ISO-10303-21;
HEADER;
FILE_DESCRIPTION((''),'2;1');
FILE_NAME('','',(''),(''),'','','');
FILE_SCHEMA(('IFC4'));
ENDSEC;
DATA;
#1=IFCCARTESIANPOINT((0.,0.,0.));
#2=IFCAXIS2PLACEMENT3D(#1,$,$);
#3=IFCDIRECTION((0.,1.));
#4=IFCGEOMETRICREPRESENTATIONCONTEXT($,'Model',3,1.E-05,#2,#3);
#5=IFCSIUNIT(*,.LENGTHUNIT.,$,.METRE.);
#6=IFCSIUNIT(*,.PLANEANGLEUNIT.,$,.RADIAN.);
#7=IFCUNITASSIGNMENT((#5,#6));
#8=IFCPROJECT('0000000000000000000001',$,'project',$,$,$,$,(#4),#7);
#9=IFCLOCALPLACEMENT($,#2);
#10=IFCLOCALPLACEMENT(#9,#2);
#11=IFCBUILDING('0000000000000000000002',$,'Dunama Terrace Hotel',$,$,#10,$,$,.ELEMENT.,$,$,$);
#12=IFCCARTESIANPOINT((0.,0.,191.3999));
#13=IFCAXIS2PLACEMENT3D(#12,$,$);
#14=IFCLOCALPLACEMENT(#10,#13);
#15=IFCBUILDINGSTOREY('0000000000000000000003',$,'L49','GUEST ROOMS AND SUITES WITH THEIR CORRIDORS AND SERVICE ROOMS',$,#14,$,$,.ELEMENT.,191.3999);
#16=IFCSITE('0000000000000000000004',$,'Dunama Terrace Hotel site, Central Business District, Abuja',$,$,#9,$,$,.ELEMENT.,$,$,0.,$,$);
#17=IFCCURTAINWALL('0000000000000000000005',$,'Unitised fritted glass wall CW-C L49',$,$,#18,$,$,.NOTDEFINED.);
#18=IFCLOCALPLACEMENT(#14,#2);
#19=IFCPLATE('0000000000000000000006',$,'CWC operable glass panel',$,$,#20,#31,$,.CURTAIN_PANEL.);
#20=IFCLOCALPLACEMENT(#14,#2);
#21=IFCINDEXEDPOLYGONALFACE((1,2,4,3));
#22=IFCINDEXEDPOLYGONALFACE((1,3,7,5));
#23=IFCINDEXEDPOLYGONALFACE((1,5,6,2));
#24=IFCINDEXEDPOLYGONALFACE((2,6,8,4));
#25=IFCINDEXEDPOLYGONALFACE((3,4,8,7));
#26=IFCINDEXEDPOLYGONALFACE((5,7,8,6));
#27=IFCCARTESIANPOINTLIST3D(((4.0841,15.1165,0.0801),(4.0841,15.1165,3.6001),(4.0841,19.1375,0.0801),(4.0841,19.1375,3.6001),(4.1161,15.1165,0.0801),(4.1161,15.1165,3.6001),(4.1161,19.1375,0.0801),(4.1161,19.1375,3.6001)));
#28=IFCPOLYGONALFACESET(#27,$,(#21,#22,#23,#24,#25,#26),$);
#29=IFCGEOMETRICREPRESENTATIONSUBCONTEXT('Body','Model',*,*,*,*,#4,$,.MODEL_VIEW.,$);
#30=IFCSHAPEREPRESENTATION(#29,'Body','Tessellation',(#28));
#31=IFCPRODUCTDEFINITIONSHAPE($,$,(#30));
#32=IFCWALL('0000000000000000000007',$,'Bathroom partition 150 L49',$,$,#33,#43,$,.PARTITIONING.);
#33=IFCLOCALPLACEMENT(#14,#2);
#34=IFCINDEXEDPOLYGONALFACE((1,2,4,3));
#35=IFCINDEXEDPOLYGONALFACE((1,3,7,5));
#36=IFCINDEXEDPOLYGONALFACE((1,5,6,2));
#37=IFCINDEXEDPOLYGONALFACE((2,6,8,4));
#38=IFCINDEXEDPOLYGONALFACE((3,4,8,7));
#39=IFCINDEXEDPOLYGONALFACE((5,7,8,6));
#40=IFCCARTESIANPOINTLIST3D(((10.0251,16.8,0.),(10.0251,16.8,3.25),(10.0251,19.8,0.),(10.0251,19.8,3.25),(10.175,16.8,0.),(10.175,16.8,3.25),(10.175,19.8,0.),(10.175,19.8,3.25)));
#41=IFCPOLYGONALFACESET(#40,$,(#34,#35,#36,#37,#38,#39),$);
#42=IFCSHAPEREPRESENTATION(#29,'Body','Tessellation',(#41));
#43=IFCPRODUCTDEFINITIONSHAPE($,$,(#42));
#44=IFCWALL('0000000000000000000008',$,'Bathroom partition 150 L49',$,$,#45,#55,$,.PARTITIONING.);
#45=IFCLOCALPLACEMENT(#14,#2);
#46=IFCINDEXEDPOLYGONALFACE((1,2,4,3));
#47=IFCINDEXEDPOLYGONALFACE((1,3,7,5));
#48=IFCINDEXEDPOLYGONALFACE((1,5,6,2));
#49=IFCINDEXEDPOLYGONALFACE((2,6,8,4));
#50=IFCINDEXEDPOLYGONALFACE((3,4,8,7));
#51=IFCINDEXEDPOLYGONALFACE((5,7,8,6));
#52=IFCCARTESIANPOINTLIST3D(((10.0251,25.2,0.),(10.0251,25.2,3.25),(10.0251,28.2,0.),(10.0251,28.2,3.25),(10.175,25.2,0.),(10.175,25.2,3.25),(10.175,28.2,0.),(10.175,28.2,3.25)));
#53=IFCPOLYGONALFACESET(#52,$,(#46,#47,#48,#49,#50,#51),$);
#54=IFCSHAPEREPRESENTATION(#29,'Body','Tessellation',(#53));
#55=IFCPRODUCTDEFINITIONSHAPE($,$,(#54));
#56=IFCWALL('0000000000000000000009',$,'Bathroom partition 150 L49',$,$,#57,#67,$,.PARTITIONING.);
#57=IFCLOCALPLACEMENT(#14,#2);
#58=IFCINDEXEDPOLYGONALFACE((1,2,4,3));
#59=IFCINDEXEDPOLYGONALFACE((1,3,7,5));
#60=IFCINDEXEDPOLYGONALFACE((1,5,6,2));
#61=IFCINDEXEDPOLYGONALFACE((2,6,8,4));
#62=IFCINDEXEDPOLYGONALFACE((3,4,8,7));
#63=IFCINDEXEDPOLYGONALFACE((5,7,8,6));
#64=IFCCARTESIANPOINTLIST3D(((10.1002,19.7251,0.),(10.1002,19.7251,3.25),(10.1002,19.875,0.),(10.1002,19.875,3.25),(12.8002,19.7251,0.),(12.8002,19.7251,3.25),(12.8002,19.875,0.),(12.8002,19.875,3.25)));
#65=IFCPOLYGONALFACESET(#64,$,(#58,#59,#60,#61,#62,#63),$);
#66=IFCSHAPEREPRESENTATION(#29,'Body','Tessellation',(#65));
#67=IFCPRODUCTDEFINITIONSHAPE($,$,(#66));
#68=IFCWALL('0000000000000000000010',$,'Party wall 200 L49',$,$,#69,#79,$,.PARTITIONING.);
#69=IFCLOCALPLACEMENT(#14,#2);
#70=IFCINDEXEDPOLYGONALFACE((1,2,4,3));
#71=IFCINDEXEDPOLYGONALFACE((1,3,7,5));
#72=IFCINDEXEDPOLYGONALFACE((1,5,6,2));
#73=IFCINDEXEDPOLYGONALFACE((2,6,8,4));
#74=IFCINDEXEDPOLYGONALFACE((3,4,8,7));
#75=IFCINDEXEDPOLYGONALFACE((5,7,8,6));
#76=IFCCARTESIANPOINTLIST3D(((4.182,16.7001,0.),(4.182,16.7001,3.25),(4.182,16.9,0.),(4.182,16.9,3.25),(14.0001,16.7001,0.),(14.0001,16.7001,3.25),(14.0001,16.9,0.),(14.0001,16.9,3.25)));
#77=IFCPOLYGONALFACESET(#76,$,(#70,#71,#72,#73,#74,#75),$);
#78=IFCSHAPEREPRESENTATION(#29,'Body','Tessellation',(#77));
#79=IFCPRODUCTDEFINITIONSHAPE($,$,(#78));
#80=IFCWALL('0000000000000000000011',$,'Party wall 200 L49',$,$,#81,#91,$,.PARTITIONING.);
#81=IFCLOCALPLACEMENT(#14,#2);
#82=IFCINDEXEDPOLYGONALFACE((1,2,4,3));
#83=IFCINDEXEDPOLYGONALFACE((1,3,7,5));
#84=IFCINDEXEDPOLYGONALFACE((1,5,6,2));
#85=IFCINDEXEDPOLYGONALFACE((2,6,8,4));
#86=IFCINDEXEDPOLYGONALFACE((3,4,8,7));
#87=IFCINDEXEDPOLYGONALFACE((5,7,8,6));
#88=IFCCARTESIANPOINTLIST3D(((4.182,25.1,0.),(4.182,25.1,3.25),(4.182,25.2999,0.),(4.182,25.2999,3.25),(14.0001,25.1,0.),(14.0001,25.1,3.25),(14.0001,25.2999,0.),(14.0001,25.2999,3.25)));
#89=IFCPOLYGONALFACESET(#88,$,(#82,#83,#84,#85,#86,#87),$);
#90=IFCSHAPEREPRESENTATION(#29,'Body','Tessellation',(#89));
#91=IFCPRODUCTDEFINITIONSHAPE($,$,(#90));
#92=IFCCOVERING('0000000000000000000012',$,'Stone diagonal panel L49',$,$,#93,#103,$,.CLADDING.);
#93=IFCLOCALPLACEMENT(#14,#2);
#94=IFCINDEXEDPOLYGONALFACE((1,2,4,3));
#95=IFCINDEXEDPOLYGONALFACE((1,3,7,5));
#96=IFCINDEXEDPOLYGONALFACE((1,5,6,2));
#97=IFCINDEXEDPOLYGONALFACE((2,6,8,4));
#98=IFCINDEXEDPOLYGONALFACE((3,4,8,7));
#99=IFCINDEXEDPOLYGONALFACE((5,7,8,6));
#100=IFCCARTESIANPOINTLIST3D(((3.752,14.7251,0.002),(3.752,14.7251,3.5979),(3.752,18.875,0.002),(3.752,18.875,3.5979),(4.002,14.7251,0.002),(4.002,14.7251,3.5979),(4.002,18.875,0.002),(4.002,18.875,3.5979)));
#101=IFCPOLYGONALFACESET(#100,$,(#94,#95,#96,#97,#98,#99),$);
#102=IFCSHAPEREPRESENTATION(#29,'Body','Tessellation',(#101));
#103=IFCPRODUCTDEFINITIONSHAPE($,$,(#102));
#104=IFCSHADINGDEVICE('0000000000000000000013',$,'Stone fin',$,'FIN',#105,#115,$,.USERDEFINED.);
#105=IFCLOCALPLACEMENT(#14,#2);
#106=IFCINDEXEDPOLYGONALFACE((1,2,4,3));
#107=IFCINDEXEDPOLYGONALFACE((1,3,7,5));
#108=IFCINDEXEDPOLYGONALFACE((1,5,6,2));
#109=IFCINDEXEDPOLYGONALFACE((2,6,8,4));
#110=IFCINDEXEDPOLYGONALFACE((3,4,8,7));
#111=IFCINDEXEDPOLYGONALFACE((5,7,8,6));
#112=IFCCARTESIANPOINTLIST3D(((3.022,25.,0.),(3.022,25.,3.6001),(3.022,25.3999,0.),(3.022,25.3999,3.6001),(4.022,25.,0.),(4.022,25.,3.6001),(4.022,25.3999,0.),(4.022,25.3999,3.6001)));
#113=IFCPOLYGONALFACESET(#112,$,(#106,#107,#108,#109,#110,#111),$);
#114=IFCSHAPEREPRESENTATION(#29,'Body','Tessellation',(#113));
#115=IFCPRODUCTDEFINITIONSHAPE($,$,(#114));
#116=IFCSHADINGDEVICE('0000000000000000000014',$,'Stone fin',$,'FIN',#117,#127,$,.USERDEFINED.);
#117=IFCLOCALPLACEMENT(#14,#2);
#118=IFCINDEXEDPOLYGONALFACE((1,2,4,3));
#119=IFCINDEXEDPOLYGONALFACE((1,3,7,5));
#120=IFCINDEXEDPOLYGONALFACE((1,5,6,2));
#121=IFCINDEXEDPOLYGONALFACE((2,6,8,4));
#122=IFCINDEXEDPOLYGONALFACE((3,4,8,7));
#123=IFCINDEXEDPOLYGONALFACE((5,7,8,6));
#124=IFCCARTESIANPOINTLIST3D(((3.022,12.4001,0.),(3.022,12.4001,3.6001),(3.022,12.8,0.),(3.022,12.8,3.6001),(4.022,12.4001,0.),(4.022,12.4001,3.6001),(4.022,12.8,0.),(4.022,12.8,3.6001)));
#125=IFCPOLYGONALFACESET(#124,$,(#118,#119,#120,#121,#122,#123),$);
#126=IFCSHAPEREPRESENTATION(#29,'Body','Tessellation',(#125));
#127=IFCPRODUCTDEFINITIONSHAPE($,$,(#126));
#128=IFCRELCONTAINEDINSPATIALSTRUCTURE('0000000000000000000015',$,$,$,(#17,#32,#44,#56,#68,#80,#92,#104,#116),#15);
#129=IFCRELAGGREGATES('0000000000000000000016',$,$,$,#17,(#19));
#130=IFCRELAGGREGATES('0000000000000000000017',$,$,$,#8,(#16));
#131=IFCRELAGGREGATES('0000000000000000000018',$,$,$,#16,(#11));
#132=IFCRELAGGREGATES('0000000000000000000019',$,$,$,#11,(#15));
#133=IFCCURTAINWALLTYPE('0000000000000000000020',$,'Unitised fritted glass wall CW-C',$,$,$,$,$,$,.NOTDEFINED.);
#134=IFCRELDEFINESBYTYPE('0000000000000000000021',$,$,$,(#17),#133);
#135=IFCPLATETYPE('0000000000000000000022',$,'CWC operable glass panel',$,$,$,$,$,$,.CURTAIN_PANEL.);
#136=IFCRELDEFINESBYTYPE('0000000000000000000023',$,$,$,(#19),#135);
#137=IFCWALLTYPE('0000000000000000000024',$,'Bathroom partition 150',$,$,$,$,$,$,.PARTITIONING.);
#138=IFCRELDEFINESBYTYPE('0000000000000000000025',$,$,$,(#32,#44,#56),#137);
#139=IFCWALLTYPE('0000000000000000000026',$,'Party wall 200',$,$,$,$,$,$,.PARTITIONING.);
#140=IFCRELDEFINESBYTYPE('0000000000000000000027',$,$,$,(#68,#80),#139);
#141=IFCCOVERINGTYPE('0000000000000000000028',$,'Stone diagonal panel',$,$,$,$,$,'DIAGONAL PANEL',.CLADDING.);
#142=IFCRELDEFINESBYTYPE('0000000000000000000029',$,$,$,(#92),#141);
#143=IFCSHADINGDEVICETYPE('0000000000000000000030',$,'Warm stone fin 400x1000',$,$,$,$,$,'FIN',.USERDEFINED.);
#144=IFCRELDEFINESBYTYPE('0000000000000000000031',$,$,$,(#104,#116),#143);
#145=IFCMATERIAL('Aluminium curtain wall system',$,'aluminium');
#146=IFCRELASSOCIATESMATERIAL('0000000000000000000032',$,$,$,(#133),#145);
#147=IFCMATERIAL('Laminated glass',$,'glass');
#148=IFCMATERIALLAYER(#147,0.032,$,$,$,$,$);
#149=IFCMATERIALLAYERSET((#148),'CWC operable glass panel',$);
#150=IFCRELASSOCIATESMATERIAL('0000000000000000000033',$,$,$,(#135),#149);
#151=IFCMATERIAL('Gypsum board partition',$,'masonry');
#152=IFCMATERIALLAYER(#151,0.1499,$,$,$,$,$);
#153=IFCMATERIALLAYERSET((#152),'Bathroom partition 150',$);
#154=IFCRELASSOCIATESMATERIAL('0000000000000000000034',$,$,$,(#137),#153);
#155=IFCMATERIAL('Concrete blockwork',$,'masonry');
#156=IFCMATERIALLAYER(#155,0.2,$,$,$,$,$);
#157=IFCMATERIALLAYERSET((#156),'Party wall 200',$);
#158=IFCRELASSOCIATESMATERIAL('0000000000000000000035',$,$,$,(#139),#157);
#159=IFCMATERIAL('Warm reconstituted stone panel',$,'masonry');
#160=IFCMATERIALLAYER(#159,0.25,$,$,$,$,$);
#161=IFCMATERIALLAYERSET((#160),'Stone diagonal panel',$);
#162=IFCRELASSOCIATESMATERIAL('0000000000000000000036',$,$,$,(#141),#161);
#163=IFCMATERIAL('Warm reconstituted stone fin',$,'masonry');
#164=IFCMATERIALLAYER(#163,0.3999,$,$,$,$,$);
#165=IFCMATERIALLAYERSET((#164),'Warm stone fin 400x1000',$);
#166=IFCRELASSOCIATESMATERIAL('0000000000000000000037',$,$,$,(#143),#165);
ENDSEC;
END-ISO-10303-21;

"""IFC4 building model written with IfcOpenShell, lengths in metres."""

from ifc_helpers import new_model, si_unit, direction, frame, frame_2d, origin, origin_2d, place, context, subcontext, project, spatial, rectangle, extrude, material, layer, layer_set, type_object, element, aggregate, save


model = new_model("IFC4")

# Units and contexts
model_context = context("Model", 3, precision=1e-05, world=origin(), true_north=direction((0.0, 1.0)))
body_context = subcontext(model_context, "Body", "Model", "MODEL_VIEW")
ifc_project = project(units=[si_unit("LENGTHUNIT", "METRE"), si_unit("PLANEANGLEUNIT", "RADIAN")], contexts=[model_context])

# Site, building, storey
site_placement = place(None, origin())
site = spatial("IfcSite", under=ifc_project, at=site_placement, Name="Dunama Terrace Hotel site, Central Business District, Abuja", CompositionType="ELEMENT", RefElevation=0.0)
building_placement = place(site_placement, origin())
building = spatial("IfcBuilding", under=site, at=building_placement, Name="Dunama Terrace Hotel", CompositionType="ELEMENT")
storey_placement = place(building_placement, frame((0.0, 0.0, 191.3999)))
storey = spatial("IfcBuildingStorey", under=building, at=storey_placement, Name="L49", Description="GUEST ROOMS AND SUITES WITH THEIR CORRIDORS AND SERVICE ROOMS", CompositionType="ELEMENT", Elevation=191.3999)

# Curtain wall
ifc_material_1 = material(Name="Aluminium curtain wall system", Category="aluminium")
curtain_wall_type = type_object("IfcCurtainWallType", Name="Unitised fritted glass wall CW-C", PredefinedType="NOTDEFINED", material=ifc_material_1)
curtain_wall_placement = place(storey_placement, origin())
curtain_wall = element("IfcCurtainWall", 1, at=curtain_wall_placement, inside=storey, type_object=curtain_wall_type, Name="Unitised fritted glass wall CW-C L49", PredefinedType="NOTDEFINED")

# Plate
ifc_material_2 = material(Name="Laminated glass", Category="glass")
ifc_layer_1 = layer(ifc_material_2, 0.032)
ifc_layer_set_1 = layer_set([ifc_layer_1], Name="CWC operable glass panel")
plate_type_1 = type_object("IfcPlateType", Name="CWC operable glass panel", PredefinedType="CURTAIN_PANEL", material=ifc_layer_set_1)
plate_1_placement = place(storey_placement, frame((4.1001, 17.127, 0.0801), z_axis=(0.0, 0.0, 1.0), x_axis=(0.0, -1.0, 0.0)))
plate_1 = element("IfcPlate", 2, at=plate_1_placement, type_object=plate_type_1, Name="CWC operable glass panel", PredefinedType="CURTAIN_PANEL", context=body_context, shape_type="SweptSolid", body=[
    extrude(rectangle(XDim=4.021, YDim=0.032, at=origin_2d()), origin(), (0.0, 0.0, 1.0), 3.52),
])
aggregate(curtain_wall, [plate_1])

# Walls
ifc_material_3 = material(Name="Gypsum board partition", Category="masonry")
ifc_layer_2 = layer(ifc_material_3, 0.1499)
ifc_layer_set_2 = layer_set([ifc_layer_2], Name="Bathroom partition 150")
wall_type_1 = type_object("IfcWallType", Name="Bathroom partition 150", PredefinedType="PARTITIONING", material=ifc_layer_set_2)
for number, where, z_axis, x_axis, name in (
    (3, (10.1001, 16.8, 0.0), (0.0, 0.0, 1.0), (0.0, 1.0, 0.0), "Bathroom partition 150 L49"),
    (4, (10.1001, 25.2, 0.0), (0.0, 0.0, 1.0), (0.0, 1.0, 0.0), "Bathroom partition 150 L49"),
):
    element("IfcWall", number, at=place(storey_placement, frame(where, z_axis=z_axis, x_axis=x_axis)), inside=storey, type_object=wall_type_1, Name=name, PredefinedType="PARTITIONING", context=body_context, shape_type="SweptSolid", body=[
        extrude(rectangle(XDim=3.0, YDim=0.1499, at=frame_2d((1.5, 0.0))), origin(), (0.0, 0.0, 1.0), 3.25),
    ])
wall_placement = place(storey_placement, frame((10.1001, 19.8, 0.0), z_axis=(0.0, 0.0, 1.0), x_axis=(1.0, 0.0, 0.0)))
element("IfcWall", 5, at=wall_placement, inside=storey, type_object=wall_type_1, Name="Bathroom partition 150 L49", PredefinedType="PARTITIONING", context=body_context, shape_type="SweptSolid", body=[
    extrude(rectangle(XDim=2.7, YDim=0.1499, at=frame_2d((1.3501, 0.0))), origin(), (0.0, 0.0, 1.0), 3.25),
])
ifc_material_4 = material(Name="Concrete blockwork", Category="masonry")
ifc_layer_3 = layer(ifc_material_4, 0.2)
ifc_layer_set_3 = layer_set([ifc_layer_3], Name="Party wall 200")
wall_type_2 = type_object("IfcWallType", Name="Party wall 200", PredefinedType="PARTITIONING", material=ifc_layer_set_3)
for number, where, z_axis, x_axis, name in (
    (6, (4.1819, 16.8, 0.0), (0.0, 0.0, 1.0), (1.0, 0.0, 0.0), "Party wall 200 L49"),
    (7, (4.1819, 25.2, 0.0), (0.0, 0.0, 1.0), (1.0, 0.0, 0.0), "Party wall 200 L49"),
):
    element("IfcWall", number, at=place(storey_placement, frame(where, z_axis=z_axis, x_axis=x_axis)), inside=storey, type_object=wall_type_2, Name=name, PredefinedType="PARTITIONING", context=body_context, shape_type="SweptSolid", body=[
        extrude(rectangle(XDim=9.8181, YDim=0.2, at=frame_2d((4.9092, 0.0))), origin(), (0.0, 0.0, 1.0), 3.25),
    ])

# Covering
ifc_material_5 = material(Name="Warm reconstituted stone panel", Category="masonry")
ifc_layer_4 = layer(ifc_material_5, 0.25)
ifc_layer_set_4 = layer_set([ifc_layer_4], Name="Stone diagonal panel")
covering_type = type_object("IfcCoveringType", Name="Stone diagonal panel", ElementType="DIAGONAL PANEL", PredefinedType="CLADDING", material=ifc_layer_set_4)
covering_placement = place(storey_placement, frame((3.877, 16.8, 0.002), z_axis=(0.0, 0.0, 1.0), x_axis=(0.0, -1.0, 0.0)))
element("IfcCovering", 8, at=covering_placement, inside=storey, type_object=covering_type, Name="Stone diagonal panel L49", PredefinedType="CLADDING", context=body_context, shape_type="SweptSolid", body=[
    extrude(rectangle(XDim=4.1499, YDim=0.25, at=origin_2d()), origin(), (0.0, 0.0, 1.0), 3.5959),
])

# Shading devices
ifc_material_6 = material(Name="Warm reconstituted stone fin", Category="masonry")
ifc_layer_5 = layer(ifc_material_6, 0.3999)
ifc_layer_set_5 = layer_set([ifc_layer_5], Name="Warm stone fin 400x1000")
shading_device_type = type_object("IfcShadingDeviceType", Name="Warm stone fin 400x1000", ElementType="FIN", PredefinedType="USERDEFINED", material=ifc_layer_set_5)
for number, where, z_axis, x_axis, name in (
    (9, (3.522, 25.2, 0.0), (0.0, 0.0, 1.0), (0.0, -1.0, 0.0), "Stone fin"),
    (10, (3.522, 12.6001, 0.0), (0.0, 0.0, 1.0), (0.0, -1.0, 0.0), "Stone fin"),
):
    element("IfcShadingDevice", number, at=place(storey_placement, frame(where, z_axis=z_axis, x_axis=x_axis)), inside=storey, type_object=shading_device_type, Name=name, ObjectType="FIN", PredefinedType="USERDEFINED", context=body_context, shape_type="SweptSolid", body=[
        extrude(rectangle(XDim=0.3999, YDim=1.0, at=origin_2d()), origin(), (0.0, 0.0, 1.0), 3.6001),
    ])

save(model, "model.ifc")
